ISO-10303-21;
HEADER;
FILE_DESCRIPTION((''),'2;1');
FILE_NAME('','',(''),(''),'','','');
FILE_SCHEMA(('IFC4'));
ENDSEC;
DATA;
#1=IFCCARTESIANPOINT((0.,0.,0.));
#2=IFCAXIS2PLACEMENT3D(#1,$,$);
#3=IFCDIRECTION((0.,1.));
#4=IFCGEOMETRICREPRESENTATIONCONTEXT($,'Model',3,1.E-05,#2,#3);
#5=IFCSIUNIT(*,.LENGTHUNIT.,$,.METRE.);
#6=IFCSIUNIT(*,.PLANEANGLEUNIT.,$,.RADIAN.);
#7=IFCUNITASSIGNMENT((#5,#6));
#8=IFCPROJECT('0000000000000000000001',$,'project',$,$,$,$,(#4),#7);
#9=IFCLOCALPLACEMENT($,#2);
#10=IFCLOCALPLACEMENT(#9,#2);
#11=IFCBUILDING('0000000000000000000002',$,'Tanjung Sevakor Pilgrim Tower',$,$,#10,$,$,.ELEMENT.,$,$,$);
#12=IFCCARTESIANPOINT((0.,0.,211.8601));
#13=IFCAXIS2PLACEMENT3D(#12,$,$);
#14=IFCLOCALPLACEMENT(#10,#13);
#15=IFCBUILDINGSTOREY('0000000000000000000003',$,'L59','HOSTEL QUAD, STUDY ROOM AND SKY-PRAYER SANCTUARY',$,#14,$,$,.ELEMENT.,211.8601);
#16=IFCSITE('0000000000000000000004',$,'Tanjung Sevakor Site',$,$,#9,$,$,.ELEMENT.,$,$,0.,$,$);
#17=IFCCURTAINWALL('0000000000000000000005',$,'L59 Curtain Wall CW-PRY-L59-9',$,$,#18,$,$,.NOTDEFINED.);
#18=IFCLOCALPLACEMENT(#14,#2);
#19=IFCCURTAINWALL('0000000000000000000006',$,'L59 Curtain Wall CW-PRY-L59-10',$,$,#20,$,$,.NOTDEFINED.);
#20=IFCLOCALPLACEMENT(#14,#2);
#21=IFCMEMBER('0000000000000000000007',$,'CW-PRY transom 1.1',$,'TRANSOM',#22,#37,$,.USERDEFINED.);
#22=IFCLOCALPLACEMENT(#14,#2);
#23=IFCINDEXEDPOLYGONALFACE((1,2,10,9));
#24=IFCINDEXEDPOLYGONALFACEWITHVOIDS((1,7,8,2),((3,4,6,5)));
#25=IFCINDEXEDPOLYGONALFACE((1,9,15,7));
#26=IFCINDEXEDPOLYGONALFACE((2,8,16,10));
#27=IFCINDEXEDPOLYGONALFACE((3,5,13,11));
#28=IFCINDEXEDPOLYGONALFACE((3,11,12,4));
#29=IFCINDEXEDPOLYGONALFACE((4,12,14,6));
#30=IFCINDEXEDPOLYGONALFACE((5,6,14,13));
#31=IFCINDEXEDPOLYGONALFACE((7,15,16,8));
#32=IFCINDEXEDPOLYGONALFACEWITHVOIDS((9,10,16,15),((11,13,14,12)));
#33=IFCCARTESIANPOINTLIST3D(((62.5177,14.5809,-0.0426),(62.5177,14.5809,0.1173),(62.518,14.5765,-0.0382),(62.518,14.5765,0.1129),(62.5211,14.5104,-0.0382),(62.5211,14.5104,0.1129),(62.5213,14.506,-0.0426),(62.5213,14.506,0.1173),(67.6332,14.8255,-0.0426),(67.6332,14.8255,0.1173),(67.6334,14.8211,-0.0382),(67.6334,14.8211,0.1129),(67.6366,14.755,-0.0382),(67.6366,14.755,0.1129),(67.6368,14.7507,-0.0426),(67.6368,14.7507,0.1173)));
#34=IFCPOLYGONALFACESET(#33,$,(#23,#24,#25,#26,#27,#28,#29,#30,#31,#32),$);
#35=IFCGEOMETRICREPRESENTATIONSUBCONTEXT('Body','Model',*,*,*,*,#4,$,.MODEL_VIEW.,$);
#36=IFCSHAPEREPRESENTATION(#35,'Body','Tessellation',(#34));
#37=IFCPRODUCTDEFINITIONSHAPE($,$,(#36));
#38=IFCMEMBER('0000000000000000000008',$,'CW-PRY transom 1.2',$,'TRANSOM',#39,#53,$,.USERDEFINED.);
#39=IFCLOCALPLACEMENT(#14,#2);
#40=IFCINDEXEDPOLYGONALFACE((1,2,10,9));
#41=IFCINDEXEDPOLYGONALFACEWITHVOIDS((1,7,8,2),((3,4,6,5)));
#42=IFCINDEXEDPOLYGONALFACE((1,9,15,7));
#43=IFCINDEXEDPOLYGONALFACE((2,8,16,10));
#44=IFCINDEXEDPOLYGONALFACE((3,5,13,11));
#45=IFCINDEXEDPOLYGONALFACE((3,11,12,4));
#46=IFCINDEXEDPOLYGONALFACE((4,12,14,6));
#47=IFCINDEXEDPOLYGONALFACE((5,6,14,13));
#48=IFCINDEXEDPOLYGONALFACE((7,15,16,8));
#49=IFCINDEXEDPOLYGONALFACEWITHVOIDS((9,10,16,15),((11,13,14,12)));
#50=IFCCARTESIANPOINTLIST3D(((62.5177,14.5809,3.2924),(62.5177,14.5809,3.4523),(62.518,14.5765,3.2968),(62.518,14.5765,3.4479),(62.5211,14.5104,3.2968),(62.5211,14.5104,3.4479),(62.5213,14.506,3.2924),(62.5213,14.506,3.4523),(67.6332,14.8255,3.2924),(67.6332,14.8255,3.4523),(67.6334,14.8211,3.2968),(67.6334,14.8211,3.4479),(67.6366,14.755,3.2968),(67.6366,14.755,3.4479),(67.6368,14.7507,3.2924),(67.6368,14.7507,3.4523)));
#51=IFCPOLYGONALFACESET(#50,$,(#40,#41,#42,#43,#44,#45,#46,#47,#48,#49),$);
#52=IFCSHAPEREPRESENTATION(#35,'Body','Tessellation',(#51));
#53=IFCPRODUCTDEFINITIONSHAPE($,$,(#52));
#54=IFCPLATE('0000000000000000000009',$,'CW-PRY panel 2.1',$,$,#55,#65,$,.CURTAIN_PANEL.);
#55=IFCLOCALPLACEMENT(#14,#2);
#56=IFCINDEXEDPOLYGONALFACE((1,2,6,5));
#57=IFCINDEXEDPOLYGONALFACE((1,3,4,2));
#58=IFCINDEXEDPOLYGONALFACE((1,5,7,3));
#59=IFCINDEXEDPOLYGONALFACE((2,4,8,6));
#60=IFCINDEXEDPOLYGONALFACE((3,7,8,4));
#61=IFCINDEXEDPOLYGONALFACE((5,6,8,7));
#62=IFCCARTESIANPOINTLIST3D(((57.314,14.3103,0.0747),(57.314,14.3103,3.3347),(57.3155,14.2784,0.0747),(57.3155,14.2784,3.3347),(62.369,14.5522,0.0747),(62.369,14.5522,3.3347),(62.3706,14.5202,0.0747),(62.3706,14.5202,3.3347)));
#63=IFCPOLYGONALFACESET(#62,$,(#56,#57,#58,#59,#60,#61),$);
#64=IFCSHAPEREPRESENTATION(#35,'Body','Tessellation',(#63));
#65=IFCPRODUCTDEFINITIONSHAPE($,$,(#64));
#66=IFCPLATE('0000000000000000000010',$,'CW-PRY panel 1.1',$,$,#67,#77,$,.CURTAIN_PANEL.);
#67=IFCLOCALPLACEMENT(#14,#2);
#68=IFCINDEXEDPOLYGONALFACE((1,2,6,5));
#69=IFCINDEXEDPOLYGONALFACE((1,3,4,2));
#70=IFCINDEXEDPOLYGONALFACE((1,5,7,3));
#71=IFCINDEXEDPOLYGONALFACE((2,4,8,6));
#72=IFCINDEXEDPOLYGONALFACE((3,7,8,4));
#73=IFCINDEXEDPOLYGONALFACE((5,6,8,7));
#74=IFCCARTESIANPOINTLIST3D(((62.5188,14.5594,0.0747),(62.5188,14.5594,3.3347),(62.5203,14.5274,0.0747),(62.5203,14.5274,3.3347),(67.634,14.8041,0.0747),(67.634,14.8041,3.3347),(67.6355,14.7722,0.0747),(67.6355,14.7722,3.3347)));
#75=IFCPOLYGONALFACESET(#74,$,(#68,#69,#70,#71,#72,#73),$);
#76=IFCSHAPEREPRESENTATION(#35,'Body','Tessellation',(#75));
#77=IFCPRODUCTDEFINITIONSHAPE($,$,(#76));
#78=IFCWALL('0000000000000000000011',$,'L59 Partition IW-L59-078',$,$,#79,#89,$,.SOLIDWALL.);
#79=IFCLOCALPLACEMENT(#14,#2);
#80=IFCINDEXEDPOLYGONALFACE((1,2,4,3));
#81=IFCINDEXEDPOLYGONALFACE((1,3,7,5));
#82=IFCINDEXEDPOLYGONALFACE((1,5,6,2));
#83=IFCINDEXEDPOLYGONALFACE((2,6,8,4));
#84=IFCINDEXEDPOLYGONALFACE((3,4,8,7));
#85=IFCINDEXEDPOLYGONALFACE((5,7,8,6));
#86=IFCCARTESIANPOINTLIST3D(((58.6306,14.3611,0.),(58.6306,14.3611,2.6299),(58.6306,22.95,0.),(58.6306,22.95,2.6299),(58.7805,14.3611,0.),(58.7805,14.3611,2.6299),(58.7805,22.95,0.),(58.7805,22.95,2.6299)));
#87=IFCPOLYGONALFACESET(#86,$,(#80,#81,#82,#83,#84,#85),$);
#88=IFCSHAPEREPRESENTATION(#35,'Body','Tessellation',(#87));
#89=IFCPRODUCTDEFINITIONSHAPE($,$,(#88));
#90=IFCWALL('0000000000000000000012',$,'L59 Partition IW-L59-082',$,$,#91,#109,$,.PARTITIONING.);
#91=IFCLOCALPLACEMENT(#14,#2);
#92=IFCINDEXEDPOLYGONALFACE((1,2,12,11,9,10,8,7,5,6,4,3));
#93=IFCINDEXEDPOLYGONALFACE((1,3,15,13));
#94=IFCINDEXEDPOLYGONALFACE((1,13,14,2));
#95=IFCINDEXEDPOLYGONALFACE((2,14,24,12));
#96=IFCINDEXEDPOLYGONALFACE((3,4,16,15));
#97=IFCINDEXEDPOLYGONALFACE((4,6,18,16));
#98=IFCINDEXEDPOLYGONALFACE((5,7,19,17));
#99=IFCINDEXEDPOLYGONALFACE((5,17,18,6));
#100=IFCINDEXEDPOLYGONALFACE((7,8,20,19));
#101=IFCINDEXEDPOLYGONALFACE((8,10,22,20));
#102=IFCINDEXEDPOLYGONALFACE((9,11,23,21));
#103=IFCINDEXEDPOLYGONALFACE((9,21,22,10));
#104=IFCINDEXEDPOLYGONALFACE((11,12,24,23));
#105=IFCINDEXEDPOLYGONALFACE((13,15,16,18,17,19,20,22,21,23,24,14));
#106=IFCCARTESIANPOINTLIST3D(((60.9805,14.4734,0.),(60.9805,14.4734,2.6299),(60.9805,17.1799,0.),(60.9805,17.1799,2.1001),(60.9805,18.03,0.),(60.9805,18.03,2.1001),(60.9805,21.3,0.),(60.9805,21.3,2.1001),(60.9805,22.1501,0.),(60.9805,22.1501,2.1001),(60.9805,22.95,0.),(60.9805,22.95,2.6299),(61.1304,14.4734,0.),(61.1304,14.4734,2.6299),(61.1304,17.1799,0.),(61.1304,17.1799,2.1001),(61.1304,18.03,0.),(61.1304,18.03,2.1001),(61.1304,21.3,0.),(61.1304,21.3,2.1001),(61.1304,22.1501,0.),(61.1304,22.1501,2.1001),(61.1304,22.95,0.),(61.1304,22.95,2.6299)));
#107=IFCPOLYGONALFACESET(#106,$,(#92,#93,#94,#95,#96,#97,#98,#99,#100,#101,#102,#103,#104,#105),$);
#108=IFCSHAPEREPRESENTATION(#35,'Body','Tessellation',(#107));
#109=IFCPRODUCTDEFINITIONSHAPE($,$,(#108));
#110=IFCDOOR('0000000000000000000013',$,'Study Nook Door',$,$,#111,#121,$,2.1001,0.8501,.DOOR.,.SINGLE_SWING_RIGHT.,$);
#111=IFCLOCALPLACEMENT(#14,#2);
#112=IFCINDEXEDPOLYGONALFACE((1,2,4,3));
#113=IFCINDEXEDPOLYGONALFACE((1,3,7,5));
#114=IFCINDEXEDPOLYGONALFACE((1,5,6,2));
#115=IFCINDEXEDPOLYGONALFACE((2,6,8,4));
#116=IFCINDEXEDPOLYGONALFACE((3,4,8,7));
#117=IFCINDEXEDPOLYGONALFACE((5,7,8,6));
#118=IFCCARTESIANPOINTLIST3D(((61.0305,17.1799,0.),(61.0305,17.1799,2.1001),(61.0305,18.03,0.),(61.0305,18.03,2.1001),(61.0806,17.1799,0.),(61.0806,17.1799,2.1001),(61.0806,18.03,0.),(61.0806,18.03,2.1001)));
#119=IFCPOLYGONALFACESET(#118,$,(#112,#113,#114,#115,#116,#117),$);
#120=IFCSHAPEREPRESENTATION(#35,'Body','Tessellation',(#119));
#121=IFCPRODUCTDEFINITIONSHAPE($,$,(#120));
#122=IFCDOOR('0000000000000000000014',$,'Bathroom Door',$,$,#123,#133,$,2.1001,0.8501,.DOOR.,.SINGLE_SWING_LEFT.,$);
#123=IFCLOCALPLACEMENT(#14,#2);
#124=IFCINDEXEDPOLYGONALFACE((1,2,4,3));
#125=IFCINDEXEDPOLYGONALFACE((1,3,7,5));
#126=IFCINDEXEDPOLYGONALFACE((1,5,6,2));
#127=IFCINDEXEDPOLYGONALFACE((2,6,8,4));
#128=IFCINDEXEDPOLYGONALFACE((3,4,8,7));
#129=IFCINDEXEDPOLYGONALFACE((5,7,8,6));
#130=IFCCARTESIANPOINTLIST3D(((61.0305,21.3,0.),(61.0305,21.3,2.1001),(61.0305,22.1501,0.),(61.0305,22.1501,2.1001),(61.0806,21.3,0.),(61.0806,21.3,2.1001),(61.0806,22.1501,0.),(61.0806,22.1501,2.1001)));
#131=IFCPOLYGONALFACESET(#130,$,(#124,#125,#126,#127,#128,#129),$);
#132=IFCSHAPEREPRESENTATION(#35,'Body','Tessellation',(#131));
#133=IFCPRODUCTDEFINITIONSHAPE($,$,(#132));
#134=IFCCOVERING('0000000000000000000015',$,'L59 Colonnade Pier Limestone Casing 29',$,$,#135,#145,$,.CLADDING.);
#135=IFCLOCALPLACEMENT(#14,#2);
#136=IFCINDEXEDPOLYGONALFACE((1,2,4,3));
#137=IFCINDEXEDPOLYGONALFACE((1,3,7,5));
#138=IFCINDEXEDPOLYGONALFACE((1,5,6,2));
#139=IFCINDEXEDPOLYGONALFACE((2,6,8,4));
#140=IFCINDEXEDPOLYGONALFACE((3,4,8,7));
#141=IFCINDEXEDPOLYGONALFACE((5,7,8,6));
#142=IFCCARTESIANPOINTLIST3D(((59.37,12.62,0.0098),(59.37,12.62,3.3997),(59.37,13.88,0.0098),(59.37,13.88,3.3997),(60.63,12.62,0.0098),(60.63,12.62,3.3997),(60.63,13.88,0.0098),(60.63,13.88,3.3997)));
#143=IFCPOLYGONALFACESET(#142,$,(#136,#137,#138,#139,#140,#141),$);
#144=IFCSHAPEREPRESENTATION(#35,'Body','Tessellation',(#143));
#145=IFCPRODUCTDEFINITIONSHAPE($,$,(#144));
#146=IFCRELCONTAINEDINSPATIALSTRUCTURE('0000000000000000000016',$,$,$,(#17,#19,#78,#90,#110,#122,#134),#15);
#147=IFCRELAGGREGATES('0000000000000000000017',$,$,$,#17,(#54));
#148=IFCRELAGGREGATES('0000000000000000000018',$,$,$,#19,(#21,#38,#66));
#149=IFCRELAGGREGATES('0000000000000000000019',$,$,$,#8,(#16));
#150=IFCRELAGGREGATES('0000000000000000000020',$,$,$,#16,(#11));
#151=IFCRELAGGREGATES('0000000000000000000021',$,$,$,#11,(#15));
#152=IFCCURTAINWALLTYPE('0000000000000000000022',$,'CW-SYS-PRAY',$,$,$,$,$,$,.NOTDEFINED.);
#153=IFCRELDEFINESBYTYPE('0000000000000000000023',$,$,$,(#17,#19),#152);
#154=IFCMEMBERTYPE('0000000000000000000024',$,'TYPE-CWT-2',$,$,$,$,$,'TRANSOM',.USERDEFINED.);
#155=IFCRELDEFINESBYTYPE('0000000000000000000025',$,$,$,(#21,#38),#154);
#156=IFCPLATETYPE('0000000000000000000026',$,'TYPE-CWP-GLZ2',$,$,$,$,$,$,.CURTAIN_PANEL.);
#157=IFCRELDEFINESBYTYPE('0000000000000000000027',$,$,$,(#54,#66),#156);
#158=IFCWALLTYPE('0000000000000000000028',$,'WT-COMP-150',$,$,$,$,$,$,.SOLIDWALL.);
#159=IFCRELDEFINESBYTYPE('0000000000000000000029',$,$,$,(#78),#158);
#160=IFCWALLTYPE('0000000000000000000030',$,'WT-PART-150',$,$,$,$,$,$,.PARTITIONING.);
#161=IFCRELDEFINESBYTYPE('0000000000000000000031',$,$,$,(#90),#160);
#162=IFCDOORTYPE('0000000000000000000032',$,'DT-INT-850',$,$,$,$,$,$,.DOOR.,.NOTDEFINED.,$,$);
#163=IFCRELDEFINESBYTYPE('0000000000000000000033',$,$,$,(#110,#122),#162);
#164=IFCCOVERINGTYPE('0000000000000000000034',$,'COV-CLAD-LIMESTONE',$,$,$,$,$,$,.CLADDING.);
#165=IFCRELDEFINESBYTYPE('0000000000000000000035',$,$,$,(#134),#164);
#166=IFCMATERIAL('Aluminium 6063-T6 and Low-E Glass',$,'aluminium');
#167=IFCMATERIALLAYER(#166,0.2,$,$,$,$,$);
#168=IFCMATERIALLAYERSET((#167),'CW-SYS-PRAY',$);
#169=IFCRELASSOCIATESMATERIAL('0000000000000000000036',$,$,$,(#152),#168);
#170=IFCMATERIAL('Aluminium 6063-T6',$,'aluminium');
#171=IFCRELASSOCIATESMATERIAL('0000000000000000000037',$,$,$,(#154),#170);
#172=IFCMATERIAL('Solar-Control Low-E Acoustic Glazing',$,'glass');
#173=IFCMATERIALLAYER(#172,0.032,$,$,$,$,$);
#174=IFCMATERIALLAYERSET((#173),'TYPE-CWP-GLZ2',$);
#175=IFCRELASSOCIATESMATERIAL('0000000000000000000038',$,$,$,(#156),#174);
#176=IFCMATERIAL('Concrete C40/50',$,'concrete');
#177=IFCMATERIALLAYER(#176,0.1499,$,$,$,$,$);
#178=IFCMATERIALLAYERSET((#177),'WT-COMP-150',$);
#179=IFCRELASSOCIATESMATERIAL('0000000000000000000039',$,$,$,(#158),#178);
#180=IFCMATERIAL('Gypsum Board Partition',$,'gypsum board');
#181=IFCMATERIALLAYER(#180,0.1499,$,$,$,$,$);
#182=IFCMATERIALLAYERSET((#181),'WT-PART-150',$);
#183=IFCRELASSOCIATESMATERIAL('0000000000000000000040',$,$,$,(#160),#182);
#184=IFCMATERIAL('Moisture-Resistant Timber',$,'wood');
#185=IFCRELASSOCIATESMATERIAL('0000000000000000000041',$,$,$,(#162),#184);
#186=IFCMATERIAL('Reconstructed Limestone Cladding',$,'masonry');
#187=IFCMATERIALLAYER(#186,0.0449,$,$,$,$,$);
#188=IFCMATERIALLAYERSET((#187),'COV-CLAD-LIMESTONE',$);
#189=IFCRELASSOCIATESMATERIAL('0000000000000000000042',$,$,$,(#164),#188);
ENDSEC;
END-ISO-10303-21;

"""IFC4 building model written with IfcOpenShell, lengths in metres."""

from ifc_helpers import new_model, si_unit, direction, frame, frame_2d, origin, origin_2d, place, context, subcontext, project, spatial, rectangle, hollow_rectangle, extrude, material, layer, layer_set, material_profile, profile_set, type_object, element, fill, aggregate, save


model = new_model("IFC4")

# Units and contexts
model_context = context("Model", 3, precision=1e-05, world=origin(), true_north=direction((0.0, 1.0)))
body_context = subcontext(model_context, "Body", "Model", "MODEL_VIEW")
ifc_project = project(units=[si_unit("LENGTHUNIT", "METRE"), si_unit("PLANEANGLEUNIT", "RADIAN")], contexts=[model_context])

# Site, building, storey
site_placement = place(None, origin())
site = spatial("IfcSite", under=ifc_project, at=site_placement, Name="Tanjung Sevakor Site", CompositionType="ELEMENT", RefElevation=0.0)
building_placement = place(site_placement, origin())
building = spatial("IfcBuilding", under=site, at=building_placement, Name="Tanjung Sevakor Pilgrim Tower", CompositionType="ELEMENT")
storey_placement = place(building_placement, frame((0.0, 0.0, 211.8601)))
storey = spatial("IfcBuildingStorey", under=building, at=storey_placement, Name="L59", Description="HOSTEL QUAD, STUDY ROOM AND SKY-PRAYER SANCTUARY", CompositionType="ELEMENT", Elevation=211.8601)

# Curtain wall
ifc_material_1 = material(Name="Aluminium 6063-T6 and Low-E Glass", Category="aluminium")
ifc_layer_1 = layer(ifc_material_1, 0.2)
ifc_layer_set_1 = layer_set([ifc_layer_1], Name="CW-SYS-PRAY")
curtain_wall_type = type_object("IfcCurtainWallType", Name="CW-SYS-PRAY", PredefinedType="NOTDEFINED", material=ifc_layer_set_1)
curtain_wall_1_placement = place(storey_placement, origin())
curtain_wall_1 = element("IfcCurtainWall", 1, at=curtain_wall_1_placement, inside=storey, type_object=curtain_wall_type, Name="L59 Curtain Wall CW-PRY-L59-9", PredefinedType="NOTDEFINED")

# Curtain wall, members
curtain_wall_2_placement = place(storey_placement, origin())
curtain_wall_2 = element("IfcCurtainWall", 2, at=curtain_wall_2_placement, inside=storey, type_object=curtain_wall_type, Name="L59 Curtain Wall CW-PRY-L59-10", PredefinedType="NOTDEFINED")
ifc_material_2 = material(Name="Aluminium 6063-T6", Category="aluminium")
ifc_material_profile_1 = material_profile(ifc_material_2, hollow_rectangle(XDim=0.075, YDim=0.1599, WallThickness=0.0044, at=origin_2d()))
ifc_profile_set_1 = profile_set([ifc_material_profile_1], Name="Aluminium 6063-T6")
member_type_1 = type_object("IfcMemberType", Name="TYPE-CWT-2", ElementType="TRANSOM", PredefinedType="USERDEFINED", material=ifc_profile_set_1)
member_1_placement = place(storey_placement, frame((62.5195, 14.5435, 0.0374), z_axis=(0.998859, 0.047767, 0.0), x_axis=(-0.047767, 0.998859, 0.0)))
member_1 = element("IfcMember", 3, at=member_1_placement, type_object=member_type_1, Name="CW-PRY transom 1.1", ObjectType="TRANSOM", PredefinedType="USERDEFINED", context=body_context, shape_type="SweptSolid", body=[
    extrude(hollow_rectangle(XDim=0.075, YDim=0.1599, WallThickness=0.0044, at=origin_2d()), origin(), (0.0, 0.0, 1.0), 5.1213),
])
member_2_placement = place(storey_placement, frame((62.5195, 14.5435, 3.3723), z_axis=(0.998859, 0.047767, 0.0), x_axis=(-0.047767, 0.998859, 0.0)))
member_2 = element("IfcMember", 4, at=member_2_placement, type_object=member_type_1, Name="CW-PRY transom 1.2", ObjectType="TRANSOM", PredefinedType="USERDEFINED", context=body_context, shape_type="SweptSolid", body=[
    extrude(hollow_rectangle(XDim=0.075, YDim=0.1599, WallThickness=0.0044, at=origin_2d()), origin(), (0.0, 0.0, 1.0), 5.1213),
])

# Plates
ifc_material_3 = material(Name="Solar-Control Low-E Acoustic Glazing", Category="glass")
ifc_layer_2 = layer(ifc_material_3, 0.032)
ifc_layer_set_2 = layer_set([ifc_layer_2], Name="TYPE-CWP-GLZ2")
plate_type = type_object("IfcPlateType", Name="TYPE-CWP-GLZ2", PredefinedType="CURTAIN_PANEL", material=ifc_layer_set_2)
plate_1_placement = place(storey_placement, frame((59.8423, 14.4153, 0.0747), z_axis=(0.0, 0.0, 1.0), x_axis=(0.998857, 0.047794, 0.0)))
plate_1 = element("IfcPlate", 5, at=plate_1_placement, type_object=plate_type, Name="CW-PRY panel 2.1", PredefinedType="CURTAIN_PANEL", context=body_context, shape_type="SweptSolid", body=[
    extrude(rectangle(XDim=5.0608, YDim=0.032, at=origin_2d()), origin(), (0.0, 0.0, 1.0), 3.26),
])
aggregate(curtain_wall_1, [plate_1])
plate_2_placement = place(storey_placement, frame((65.0771, 14.6658, 0.0747), z_axis=(0.0, 0.0, 1.0), x_axis=(0.998858, 0.047787, 0.0)))
plate_2 = element("IfcPlate", 6, at=plate_2_placement, type_object=plate_type, Name="CW-PRY panel 1.1", PredefinedType="CURTAIN_PANEL", context=body_context, shape_type="SweptSolid", body=[
    extrude(rectangle(XDim=5.1211, YDim=0.032, at=origin_2d()), origin(), (0.0, 0.0, 1.0), 3.26),
])
aggregate(curtain_wall_2, [member_1, member_2, plate_2])

# Wall
ifc_material_4 = material(Name="Concrete C40/50", Category="concrete")
ifc_layer_3 = layer(ifc_material_4, 0.1499)
ifc_layer_set_3 = layer_set([ifc_layer_3], Name="WT-COMP-150")
wall_type_1 = type_object("IfcWallType", Name="WT-COMP-150", PredefinedType="SOLIDWALL", material=ifc_layer_set_3)
wall_1_placement = place(storey_placement, frame((58.7056, 14.3611, 0.0), z_axis=(0.0, 0.0, 1.0), x_axis=(0.0, 1.0, 0.0)))
element("IfcWall", 7, at=wall_1_placement, inside=storey, type_object=wall_type_1, Name="L59 Partition IW-L59-078", PredefinedType="SOLIDWALL", context=body_context, shape_type="SweptSolid", body=[
    extrude(rectangle(XDim=8.5889, YDim=0.1499, at=frame_2d((4.2944, 0.0))), origin(), (0.0, 0.0, 1.0), 2.6299),
])

# Wall, openings, doors
ifc_material_5 = material(Name="Gypsum Board Partition", Category="gypsum board")
ifc_layer_4 = layer(ifc_material_5, 0.1499)
ifc_layer_set_4 = layer_set([ifc_layer_4], Name="WT-PART-150")
wall_type_2 = type_object("IfcWallType", Name="WT-PART-150", PredefinedType="PARTITIONING", material=ifc_layer_set_4)
wall_2_placement = place(storey_placement, frame((61.0554, 14.4734, 0.0), z_axis=(0.0, 0.0, 1.0), x_axis=(0.0, 1.0, 0.0)))
wall_2 = element("IfcWall", 8, at=wall_2_placement, inside=storey, type_object=wall_type_2, Name="L59 Partition IW-L59-082", PredefinedType="PARTITIONING", context=body_context, shape_type="SweptSolid", body=[
    extrude(rectangle(XDim=8.4766, YDim=0.1499, at=frame_2d((4.2383, 0.0))), origin(), (0.0, 0.0, 1.0), 2.6299),
])
opening_1_placement = place(wall_2_placement, frame((2.7065, 0.0, 0.0)))
opening_1 = element("IfcOpeningElement", 9, at=opening_1_placement, cuts=wall_2, PredefinedType="OPENING", context=body_context, shape_type="SweptSolid", body=[
    extrude(rectangle(XDim=0.8501, YDim=2.1001, at=frame_2d((0.425, 1.05))), frame((0.0, 0.085, 0.0), z_axis=(0.0, -1.0, 0.0), x_axis=(1.0, 0.0, 0.0)), (0.0, 0.0, 1.0), 0.1699),
])
opening_2_placement = place(wall_2_placement, frame((6.8267, 0.0, 0.0)))
opening_2 = element("IfcOpeningElement", 10, at=opening_2_placement, cuts=wall_2, PredefinedType="OPENING", context=body_context, shape_type="SweptSolid", body=[
    extrude(rectangle(XDim=0.8501, YDim=2.1001, at=frame_2d((0.425, 1.05))), frame((0.0, 0.085, 0.0), z_axis=(0.0, -1.0, 0.0), x_axis=(1.0, 0.0, 0.0)), (0.0, 0.0, 1.0), 0.1699),
])
ifc_material_6 = material(Name="Moisture-Resistant Timber", Category="wood")
door_type = type_object("IfcDoorType", Name="DT-INT-850", OperationType="NOTDEFINED", PredefinedType="DOOR", material=ifc_material_6)
door_1_placement = place(opening_1_placement, origin())
door_1 = element("IfcDoor", 11, at=door_1_placement, inside=storey, type_object=door_type, Name="Study Nook Door", OperationType="SINGLE_SWING_RIGHT", OverallHeight=2.1001, OverallWidth=0.8501, PredefinedType="DOOR", context=body_context, shape_type="SweptSolid", body=[
    extrude(rectangle(XDim=0.8501, YDim=2.1001, at=frame_2d((0.425, 1.05))), frame((0.0, 0.0249, 0.0), z_axis=(0.0, -1.0, 0.0), x_axis=(1.0, 0.0, 0.0)), (0.0, 0.0, 1.0), 0.05),
])
fill(opening_1, door_1)
door_2_placement = place(opening_2_placement, origin())
door_2 = element("IfcDoor", 12, at=door_2_placement, inside=storey, type_object=door_type, Name="Bathroom Door", OperationType="SINGLE_SWING_LEFT", OverallHeight=2.1001, OverallWidth=0.8501, PredefinedType="DOOR", context=body_context, shape_type="SweptSolid", body=[
    extrude(rectangle(XDim=0.8501, YDim=2.1001, at=frame_2d((0.425, 1.05))), frame((0.0, 0.0249, 0.0), z_axis=(0.0, -1.0, 0.0), x_axis=(1.0, 0.0, 0.0)), (0.0, 0.0, 1.0), 0.05),
])
fill(opening_2, door_2)

# Covering
ifc_material_7 = material(Name="Reconstructed Limestone Cladding", Category="masonry")
ifc_layer_5 = layer(ifc_material_7, 0.0449)
ifc_layer_set_5 = layer_set([ifc_layer_5], Name="COV-CLAD-LIMESTONE")
covering_type = type_object("IfcCoveringType", Name="COV-CLAD-LIMESTONE", PredefinedType="CLADDING", material=ifc_layer_set_5)
covering_placement = place(storey_placement, frame((60.0, 13.25, 0.0098), z_axis=(0.0, 0.0, 1.0), x_axis=(1.0, 0.0, 0.0)))
element("IfcCovering", 13, at=covering_placement, inside=storey, type_object=covering_type, Name="L59 Colonnade Pier Limestone Casing 29", PredefinedType="CLADDING", context=body_context, shape_type="SweptSolid", body=[
    extrude(rectangle(XDim=1.26, YDim=1.26, at=origin_2d()), origin(), (0.0, 0.0, 1.0), 3.3899),
])

save(model, "model.ifc")
